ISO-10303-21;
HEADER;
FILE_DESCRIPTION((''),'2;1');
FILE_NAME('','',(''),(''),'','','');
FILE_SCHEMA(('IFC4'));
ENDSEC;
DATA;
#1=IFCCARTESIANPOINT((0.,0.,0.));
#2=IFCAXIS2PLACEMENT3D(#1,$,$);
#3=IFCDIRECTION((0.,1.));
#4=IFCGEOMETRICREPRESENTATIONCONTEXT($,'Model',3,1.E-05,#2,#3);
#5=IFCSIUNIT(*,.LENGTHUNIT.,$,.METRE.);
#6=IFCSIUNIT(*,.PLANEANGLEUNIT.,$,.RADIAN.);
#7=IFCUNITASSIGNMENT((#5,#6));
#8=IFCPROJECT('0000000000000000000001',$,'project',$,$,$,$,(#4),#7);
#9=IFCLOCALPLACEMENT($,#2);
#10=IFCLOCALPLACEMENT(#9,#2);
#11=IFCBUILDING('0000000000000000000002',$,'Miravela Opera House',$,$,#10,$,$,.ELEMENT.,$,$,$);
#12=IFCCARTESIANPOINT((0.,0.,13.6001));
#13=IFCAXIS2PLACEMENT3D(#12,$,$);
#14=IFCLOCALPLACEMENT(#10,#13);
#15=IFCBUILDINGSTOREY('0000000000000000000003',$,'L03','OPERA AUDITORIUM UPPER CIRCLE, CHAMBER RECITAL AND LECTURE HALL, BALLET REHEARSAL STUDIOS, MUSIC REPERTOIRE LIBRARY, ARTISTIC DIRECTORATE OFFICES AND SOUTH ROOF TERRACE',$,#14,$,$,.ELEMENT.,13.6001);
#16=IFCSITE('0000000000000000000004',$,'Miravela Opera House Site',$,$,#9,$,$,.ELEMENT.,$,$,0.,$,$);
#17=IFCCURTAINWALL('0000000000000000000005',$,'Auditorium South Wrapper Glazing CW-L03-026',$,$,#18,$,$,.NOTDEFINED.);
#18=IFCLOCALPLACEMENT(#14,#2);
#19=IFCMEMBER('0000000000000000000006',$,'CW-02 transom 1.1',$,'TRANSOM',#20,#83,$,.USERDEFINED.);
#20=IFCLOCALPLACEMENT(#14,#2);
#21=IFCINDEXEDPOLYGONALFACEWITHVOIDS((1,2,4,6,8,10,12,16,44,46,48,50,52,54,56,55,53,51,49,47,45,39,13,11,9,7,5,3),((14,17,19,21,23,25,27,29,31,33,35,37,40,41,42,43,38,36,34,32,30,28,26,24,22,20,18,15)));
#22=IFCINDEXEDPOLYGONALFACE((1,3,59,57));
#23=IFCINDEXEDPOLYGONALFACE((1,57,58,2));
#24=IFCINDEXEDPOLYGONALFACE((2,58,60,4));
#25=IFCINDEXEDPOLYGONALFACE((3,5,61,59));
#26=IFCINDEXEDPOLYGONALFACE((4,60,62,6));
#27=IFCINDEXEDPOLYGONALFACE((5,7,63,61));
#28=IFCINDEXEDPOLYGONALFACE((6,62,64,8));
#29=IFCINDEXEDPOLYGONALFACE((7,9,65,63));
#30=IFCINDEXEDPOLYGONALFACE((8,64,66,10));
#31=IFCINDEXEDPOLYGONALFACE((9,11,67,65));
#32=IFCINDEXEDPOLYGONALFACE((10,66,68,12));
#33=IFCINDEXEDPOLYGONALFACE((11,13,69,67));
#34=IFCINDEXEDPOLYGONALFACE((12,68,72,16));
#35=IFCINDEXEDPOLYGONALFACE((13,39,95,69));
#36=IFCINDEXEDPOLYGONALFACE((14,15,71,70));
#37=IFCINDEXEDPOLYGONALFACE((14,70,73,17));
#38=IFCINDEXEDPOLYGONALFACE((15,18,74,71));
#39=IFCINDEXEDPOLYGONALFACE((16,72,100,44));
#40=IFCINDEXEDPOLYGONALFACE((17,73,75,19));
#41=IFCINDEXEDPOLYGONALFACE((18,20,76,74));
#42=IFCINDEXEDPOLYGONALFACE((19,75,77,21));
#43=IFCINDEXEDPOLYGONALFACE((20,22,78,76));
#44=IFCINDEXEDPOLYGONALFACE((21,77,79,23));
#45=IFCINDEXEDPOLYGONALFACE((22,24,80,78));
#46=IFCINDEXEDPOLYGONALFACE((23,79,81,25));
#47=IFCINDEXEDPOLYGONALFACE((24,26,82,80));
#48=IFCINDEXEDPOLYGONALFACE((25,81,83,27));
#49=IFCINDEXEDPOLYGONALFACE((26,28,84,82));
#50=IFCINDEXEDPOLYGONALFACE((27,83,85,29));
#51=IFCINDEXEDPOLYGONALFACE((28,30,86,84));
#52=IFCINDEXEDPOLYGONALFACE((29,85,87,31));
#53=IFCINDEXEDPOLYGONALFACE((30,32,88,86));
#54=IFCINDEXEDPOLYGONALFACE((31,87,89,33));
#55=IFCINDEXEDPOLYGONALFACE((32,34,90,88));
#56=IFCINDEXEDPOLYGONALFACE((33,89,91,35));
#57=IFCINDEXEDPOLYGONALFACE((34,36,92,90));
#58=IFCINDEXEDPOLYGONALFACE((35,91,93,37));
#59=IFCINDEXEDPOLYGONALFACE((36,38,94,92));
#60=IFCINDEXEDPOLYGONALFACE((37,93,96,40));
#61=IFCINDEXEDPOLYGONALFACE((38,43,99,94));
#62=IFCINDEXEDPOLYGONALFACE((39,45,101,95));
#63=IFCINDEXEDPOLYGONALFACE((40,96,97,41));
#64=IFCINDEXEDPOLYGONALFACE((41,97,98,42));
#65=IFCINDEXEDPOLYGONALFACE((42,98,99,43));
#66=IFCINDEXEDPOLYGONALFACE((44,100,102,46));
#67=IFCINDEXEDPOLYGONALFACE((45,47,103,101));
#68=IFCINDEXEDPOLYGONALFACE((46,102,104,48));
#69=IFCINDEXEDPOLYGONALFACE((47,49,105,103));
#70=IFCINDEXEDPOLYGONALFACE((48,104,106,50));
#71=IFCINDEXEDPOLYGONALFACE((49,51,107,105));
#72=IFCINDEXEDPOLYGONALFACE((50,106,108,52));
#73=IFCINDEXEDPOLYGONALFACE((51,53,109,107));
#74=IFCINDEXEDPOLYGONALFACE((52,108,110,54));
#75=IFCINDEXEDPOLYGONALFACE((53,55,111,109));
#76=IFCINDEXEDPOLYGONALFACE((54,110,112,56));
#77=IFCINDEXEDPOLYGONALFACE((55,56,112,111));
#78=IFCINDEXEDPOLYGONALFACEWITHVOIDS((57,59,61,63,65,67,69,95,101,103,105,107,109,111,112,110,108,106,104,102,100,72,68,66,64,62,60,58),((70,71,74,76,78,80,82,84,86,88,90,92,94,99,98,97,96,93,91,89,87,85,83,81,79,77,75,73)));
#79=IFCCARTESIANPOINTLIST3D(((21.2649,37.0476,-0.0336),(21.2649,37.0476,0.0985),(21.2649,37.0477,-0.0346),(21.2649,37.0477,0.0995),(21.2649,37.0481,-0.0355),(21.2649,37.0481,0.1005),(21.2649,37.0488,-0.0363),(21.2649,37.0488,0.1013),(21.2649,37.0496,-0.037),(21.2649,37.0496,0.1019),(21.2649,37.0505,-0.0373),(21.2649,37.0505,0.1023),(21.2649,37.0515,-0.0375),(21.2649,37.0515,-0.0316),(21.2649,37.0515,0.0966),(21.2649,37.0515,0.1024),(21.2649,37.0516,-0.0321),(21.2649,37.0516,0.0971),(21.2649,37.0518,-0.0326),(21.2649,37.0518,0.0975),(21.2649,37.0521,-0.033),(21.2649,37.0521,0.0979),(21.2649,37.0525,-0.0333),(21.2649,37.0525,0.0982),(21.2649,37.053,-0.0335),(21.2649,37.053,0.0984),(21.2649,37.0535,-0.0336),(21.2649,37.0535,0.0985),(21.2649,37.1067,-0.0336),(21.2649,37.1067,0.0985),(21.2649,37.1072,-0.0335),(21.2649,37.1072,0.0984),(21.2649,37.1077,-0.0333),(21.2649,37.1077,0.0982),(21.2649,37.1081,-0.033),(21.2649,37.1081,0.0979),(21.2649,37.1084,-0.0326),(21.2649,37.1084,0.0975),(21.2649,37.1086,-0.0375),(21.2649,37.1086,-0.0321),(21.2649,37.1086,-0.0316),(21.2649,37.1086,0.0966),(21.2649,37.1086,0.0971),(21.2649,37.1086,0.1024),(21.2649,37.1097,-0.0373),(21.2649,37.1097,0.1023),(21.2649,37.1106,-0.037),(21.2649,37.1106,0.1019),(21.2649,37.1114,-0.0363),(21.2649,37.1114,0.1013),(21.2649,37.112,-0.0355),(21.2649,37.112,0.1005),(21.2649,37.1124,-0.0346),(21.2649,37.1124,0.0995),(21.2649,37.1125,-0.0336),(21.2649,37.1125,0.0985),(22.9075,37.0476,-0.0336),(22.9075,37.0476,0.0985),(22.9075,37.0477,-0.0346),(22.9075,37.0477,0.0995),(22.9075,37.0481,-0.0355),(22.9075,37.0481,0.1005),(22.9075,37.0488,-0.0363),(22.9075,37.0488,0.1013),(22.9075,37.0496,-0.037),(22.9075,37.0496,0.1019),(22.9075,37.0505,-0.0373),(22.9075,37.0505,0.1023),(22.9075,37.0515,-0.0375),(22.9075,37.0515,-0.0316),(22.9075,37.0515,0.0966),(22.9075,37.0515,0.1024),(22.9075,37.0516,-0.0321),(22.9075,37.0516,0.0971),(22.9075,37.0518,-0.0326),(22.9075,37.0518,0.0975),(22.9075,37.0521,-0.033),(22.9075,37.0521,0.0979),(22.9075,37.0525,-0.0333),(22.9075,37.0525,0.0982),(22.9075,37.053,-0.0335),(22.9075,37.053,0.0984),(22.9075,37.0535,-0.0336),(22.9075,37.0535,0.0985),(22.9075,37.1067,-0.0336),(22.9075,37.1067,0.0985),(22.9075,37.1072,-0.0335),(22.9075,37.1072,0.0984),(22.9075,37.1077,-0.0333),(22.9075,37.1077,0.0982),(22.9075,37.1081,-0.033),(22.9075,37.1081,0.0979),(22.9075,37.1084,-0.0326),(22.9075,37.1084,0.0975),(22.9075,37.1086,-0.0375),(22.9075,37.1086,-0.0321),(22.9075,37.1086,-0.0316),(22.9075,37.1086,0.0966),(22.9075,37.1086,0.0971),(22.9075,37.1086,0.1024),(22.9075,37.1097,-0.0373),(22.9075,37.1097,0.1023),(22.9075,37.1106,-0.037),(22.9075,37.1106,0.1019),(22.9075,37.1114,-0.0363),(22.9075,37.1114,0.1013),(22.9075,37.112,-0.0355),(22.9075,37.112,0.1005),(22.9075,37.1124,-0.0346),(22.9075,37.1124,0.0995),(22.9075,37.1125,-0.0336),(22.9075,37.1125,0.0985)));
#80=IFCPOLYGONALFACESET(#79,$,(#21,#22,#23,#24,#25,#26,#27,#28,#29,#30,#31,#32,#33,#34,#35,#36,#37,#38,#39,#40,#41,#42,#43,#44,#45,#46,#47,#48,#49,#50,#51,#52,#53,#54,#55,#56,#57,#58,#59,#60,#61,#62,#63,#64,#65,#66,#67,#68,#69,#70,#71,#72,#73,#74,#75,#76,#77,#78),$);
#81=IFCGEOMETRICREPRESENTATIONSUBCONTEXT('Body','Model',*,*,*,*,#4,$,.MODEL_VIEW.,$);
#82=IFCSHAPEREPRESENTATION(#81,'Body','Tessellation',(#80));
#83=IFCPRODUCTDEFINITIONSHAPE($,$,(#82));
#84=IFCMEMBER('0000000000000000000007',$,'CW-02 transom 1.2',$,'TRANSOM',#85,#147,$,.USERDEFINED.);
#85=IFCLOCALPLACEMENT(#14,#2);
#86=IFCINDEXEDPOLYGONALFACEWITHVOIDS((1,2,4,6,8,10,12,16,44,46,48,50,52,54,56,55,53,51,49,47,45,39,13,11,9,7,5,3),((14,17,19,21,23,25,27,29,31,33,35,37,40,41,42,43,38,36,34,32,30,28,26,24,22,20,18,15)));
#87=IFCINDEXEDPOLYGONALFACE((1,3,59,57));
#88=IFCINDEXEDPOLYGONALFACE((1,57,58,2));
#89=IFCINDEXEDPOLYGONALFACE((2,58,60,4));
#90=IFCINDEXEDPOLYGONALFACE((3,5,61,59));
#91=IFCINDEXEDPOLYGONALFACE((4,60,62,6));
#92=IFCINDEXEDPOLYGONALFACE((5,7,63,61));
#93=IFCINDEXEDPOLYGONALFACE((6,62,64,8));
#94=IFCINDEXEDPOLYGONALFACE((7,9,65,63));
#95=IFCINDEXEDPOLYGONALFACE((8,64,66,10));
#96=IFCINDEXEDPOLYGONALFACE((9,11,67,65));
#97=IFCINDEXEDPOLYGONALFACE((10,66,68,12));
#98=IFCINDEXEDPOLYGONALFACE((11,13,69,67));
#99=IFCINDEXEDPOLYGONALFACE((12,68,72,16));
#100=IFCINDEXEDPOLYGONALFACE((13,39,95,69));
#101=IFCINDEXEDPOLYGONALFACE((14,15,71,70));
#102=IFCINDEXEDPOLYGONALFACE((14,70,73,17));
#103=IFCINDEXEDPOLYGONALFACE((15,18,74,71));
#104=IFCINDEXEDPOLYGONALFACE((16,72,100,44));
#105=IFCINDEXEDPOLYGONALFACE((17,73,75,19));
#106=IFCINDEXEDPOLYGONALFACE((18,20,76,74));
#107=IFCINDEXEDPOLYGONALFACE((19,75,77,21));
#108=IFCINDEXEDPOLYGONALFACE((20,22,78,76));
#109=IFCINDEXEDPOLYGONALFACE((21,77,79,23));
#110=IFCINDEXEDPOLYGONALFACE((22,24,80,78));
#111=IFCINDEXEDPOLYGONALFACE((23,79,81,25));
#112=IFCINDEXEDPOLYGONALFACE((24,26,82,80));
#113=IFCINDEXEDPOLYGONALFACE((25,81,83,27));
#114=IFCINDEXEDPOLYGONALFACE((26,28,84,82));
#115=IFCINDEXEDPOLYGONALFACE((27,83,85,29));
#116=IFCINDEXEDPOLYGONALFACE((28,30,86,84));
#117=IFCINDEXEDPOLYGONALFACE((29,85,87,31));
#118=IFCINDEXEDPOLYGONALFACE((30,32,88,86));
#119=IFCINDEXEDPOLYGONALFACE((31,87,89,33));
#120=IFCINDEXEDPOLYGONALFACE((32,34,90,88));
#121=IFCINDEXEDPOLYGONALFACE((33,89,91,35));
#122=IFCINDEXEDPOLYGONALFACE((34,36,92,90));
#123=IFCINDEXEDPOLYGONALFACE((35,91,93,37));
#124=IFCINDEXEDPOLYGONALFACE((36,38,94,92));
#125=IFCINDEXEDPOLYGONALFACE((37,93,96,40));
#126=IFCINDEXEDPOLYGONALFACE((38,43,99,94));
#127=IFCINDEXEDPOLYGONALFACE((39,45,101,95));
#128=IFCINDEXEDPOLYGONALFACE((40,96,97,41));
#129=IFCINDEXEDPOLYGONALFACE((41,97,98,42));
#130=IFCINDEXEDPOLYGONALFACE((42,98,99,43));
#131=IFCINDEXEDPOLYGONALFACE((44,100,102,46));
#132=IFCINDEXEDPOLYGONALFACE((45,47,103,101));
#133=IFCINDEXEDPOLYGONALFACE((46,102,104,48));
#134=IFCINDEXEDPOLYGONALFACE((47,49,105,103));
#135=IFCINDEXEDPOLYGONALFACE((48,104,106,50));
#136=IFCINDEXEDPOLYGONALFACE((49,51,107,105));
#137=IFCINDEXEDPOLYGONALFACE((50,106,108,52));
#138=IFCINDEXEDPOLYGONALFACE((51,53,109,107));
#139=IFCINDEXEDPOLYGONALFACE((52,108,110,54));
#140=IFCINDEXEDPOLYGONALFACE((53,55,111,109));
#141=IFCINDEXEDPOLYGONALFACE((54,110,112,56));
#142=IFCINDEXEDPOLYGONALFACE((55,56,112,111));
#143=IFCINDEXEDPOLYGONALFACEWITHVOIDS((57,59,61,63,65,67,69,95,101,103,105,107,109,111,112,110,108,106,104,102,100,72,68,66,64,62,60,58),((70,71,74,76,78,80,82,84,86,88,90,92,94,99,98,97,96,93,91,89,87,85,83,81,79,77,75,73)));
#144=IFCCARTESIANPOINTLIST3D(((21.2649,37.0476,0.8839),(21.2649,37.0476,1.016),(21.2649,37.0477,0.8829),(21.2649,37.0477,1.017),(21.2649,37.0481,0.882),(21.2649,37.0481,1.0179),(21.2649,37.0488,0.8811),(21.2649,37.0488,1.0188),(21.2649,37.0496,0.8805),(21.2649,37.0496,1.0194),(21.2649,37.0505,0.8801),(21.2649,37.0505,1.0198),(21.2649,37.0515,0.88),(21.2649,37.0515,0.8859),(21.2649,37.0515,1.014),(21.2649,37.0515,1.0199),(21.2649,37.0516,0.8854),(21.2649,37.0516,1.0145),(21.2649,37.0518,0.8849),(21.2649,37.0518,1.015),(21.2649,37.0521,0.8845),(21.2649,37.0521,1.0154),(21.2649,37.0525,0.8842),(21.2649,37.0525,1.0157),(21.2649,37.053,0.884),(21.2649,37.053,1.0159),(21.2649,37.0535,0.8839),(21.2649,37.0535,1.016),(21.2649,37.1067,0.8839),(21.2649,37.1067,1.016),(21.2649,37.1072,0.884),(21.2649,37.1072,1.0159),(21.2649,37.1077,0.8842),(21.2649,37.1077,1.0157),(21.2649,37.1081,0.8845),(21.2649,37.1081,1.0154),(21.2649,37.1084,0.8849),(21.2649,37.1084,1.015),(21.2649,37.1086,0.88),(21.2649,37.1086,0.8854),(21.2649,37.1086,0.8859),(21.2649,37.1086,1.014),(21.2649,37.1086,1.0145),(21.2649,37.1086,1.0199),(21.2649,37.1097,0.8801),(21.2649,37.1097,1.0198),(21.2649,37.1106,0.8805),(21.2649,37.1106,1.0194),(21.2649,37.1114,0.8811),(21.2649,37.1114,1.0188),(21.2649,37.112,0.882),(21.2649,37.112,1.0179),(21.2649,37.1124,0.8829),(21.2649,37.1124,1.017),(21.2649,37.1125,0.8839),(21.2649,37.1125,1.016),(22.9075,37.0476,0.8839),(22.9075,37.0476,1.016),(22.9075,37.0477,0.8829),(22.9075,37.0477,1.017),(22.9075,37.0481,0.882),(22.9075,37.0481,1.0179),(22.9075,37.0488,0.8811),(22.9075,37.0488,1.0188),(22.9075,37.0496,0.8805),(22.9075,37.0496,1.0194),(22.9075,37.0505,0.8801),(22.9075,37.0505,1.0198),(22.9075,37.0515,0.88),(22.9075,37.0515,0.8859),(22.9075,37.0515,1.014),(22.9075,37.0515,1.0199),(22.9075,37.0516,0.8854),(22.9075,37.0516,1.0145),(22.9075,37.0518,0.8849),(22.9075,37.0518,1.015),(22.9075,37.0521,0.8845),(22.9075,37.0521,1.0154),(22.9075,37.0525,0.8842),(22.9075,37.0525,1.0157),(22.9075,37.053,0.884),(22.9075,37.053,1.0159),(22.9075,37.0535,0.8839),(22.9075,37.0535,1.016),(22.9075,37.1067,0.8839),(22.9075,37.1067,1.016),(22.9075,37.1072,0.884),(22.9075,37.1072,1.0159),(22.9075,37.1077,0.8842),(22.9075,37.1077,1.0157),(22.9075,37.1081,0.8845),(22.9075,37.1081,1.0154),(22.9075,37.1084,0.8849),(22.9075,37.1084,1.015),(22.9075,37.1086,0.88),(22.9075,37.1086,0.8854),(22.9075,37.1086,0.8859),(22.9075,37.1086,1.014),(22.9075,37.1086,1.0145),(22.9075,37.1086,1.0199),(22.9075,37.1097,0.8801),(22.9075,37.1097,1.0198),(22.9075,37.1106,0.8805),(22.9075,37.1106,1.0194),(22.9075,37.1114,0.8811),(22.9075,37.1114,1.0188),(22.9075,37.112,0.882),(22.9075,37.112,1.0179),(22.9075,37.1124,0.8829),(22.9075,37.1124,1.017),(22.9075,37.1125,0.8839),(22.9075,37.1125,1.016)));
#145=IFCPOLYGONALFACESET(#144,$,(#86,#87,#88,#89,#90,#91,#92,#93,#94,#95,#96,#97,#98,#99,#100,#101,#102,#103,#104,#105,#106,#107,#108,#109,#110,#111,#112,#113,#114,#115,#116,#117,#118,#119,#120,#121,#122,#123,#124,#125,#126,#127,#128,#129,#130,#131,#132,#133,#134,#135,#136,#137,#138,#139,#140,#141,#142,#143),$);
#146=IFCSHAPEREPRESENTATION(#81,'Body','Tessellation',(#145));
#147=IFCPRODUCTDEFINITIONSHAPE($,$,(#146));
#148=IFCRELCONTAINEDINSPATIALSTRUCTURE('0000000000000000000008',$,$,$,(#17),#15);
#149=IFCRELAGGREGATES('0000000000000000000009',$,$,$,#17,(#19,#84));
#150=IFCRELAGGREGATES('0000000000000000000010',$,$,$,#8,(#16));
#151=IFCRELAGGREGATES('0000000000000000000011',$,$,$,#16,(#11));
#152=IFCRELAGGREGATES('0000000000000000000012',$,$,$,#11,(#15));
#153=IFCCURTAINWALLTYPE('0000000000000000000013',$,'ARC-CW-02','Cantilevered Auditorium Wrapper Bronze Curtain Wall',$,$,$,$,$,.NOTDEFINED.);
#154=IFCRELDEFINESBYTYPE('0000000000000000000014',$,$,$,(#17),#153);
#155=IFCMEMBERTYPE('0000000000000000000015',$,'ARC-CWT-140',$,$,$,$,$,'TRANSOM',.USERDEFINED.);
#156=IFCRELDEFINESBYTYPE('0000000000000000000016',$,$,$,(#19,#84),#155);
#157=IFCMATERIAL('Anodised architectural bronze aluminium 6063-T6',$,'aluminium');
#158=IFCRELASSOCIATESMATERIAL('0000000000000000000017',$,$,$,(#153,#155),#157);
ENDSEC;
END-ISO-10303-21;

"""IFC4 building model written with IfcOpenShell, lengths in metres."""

from ifc_helpers import new_model, si_unit, direction, frame, origin, origin_2d, place, context, subcontext, project, spatial, hollow_rectangle, extrude, material, material_profile, profile_set, type_object, element, aggregate, save


model = new_model("IFC4")

# Units and contexts
model_context = context("Model", 3, precision=1e-05, world=origin(), true_north=direction((0.0, 1.0)))
body_context = subcontext(model_context, "Body", "Model", "MODEL_VIEW")
ifc_project = project(units=[si_unit("LENGTHUNIT", "METRE"), si_unit("PLANEANGLEUNIT", "RADIAN")], contexts=[model_context])

# Site, building, storey
site_placement = place(None, origin())
site = spatial("IfcSite", under=ifc_project, at=site_placement, Name="Miravela Opera House Site", CompositionType="ELEMENT", RefElevation=0.0)
building_placement = place(site_placement, origin())
building = spatial("IfcBuilding", under=site, at=building_placement, Name="Miravela Opera House", CompositionType="ELEMENT")
storey_placement = place(building_placement, frame((0.0, 0.0, 13.6001)))
storey = spatial("IfcBuildingStorey", under=building, at=storey_placement, Name="L03", Description="OPERA AUDITORIUM UPPER CIRCLE, CHAMBER RECITAL AND LECTURE HALL, BALLET REHEARSAL STUDIOS, MUSIC REPERTOIRE LIBRARY, ARTISTIC DIRECTORATE OFFICES AND SOUTH ROOF TERRACE", CompositionType="ELEMENT", Elevation=13.6001)

# Shared definitions
ifc_material_1 = material(Name="Anodised architectural bronze aluminium 6063-T6", Category="aluminium")
curtain_wall_type = type_object("IfcCurtainWallType", Name="ARC-CW-02", Description="Cantilevered Auditorium Wrapper Bronze Curtain Wall", PredefinedType="NOTDEFINED", material=ifc_material_1)

# Curtain wall
curtain_wall_1_placement = place(storey_placement, origin())
curtain_wall_1 = element("IfcCurtainWall", 1, at=curtain_wall_1_placement, inside=storey, type_object=curtain_wall_type, Name="Auditorium South Wrapper Glazing CW-L03-026", PredefinedType="NOTDEFINED")

# Members
ifc_material_profile_1 = material_profile(ifc_material_1, hollow_rectangle(XDim=0.0649, YDim=0.1399, WallThickness=0.0039, InnerFilletRadius=0.002, OuterFilletRadius=0.0039, at=origin_2d()), Name="CWT-65X140")
ifc_profile_set_1 = profile_set([ifc_material_profile_1])
member_type_1 = type_object("IfcMemberType", Name="ARC-CWT-140", ElementType="TRANSOM", PredefinedType="USERDEFINED", material=ifc_profile_set_1)
member_1_placement = place(storey_placement, frame((21.2649, 37.0801, 0.0325), z_axis=(1.0, 0.0, 0.0), x_axis=(0.0, 1.0, 0.0)))
member_1 = element("IfcMember", 2, at=member_1_placement, type_object=member_type_1, Name="CW-02 transom 1.1", ObjectType="TRANSOM", PredefinedType="USERDEFINED", context=body_context, shape_type="SweptSolid", body=[
    extrude(hollow_rectangle(XDim=0.0649, YDim=0.1399, WallThickness=0.0039, InnerFilletRadius=0.002, OuterFilletRadius=0.0039, at=origin_2d()), origin(), (0.0, 0.0, 1.0), 1.6426),
])
member_2_placement = place(storey_placement, frame((21.2649, 37.0801, 0.95), z_axis=(1.0, 0.0, 0.0), x_axis=(0.0, 1.0, 0.0)))
member_2 = element("IfcMember", 3, at=member_2_placement, type_object=member_type_1, Name="CW-02 transom 1.2", ObjectType="TRANSOM", PredefinedType="USERDEFINED", context=body_context, shape_type="SweptSolid", body=[
    extrude(hollow_rectangle(XDim=0.0649, YDim=0.1399, WallThickness=0.0039, InnerFilletRadius=0.002, OuterFilletRadius=0.0039, at=origin_2d()), origin(), (0.0, 0.0, 1.0), 1.6426),
])
aggregate(curtain_wall_1, [member_1, member_2])

save(model, "model.ifc")
